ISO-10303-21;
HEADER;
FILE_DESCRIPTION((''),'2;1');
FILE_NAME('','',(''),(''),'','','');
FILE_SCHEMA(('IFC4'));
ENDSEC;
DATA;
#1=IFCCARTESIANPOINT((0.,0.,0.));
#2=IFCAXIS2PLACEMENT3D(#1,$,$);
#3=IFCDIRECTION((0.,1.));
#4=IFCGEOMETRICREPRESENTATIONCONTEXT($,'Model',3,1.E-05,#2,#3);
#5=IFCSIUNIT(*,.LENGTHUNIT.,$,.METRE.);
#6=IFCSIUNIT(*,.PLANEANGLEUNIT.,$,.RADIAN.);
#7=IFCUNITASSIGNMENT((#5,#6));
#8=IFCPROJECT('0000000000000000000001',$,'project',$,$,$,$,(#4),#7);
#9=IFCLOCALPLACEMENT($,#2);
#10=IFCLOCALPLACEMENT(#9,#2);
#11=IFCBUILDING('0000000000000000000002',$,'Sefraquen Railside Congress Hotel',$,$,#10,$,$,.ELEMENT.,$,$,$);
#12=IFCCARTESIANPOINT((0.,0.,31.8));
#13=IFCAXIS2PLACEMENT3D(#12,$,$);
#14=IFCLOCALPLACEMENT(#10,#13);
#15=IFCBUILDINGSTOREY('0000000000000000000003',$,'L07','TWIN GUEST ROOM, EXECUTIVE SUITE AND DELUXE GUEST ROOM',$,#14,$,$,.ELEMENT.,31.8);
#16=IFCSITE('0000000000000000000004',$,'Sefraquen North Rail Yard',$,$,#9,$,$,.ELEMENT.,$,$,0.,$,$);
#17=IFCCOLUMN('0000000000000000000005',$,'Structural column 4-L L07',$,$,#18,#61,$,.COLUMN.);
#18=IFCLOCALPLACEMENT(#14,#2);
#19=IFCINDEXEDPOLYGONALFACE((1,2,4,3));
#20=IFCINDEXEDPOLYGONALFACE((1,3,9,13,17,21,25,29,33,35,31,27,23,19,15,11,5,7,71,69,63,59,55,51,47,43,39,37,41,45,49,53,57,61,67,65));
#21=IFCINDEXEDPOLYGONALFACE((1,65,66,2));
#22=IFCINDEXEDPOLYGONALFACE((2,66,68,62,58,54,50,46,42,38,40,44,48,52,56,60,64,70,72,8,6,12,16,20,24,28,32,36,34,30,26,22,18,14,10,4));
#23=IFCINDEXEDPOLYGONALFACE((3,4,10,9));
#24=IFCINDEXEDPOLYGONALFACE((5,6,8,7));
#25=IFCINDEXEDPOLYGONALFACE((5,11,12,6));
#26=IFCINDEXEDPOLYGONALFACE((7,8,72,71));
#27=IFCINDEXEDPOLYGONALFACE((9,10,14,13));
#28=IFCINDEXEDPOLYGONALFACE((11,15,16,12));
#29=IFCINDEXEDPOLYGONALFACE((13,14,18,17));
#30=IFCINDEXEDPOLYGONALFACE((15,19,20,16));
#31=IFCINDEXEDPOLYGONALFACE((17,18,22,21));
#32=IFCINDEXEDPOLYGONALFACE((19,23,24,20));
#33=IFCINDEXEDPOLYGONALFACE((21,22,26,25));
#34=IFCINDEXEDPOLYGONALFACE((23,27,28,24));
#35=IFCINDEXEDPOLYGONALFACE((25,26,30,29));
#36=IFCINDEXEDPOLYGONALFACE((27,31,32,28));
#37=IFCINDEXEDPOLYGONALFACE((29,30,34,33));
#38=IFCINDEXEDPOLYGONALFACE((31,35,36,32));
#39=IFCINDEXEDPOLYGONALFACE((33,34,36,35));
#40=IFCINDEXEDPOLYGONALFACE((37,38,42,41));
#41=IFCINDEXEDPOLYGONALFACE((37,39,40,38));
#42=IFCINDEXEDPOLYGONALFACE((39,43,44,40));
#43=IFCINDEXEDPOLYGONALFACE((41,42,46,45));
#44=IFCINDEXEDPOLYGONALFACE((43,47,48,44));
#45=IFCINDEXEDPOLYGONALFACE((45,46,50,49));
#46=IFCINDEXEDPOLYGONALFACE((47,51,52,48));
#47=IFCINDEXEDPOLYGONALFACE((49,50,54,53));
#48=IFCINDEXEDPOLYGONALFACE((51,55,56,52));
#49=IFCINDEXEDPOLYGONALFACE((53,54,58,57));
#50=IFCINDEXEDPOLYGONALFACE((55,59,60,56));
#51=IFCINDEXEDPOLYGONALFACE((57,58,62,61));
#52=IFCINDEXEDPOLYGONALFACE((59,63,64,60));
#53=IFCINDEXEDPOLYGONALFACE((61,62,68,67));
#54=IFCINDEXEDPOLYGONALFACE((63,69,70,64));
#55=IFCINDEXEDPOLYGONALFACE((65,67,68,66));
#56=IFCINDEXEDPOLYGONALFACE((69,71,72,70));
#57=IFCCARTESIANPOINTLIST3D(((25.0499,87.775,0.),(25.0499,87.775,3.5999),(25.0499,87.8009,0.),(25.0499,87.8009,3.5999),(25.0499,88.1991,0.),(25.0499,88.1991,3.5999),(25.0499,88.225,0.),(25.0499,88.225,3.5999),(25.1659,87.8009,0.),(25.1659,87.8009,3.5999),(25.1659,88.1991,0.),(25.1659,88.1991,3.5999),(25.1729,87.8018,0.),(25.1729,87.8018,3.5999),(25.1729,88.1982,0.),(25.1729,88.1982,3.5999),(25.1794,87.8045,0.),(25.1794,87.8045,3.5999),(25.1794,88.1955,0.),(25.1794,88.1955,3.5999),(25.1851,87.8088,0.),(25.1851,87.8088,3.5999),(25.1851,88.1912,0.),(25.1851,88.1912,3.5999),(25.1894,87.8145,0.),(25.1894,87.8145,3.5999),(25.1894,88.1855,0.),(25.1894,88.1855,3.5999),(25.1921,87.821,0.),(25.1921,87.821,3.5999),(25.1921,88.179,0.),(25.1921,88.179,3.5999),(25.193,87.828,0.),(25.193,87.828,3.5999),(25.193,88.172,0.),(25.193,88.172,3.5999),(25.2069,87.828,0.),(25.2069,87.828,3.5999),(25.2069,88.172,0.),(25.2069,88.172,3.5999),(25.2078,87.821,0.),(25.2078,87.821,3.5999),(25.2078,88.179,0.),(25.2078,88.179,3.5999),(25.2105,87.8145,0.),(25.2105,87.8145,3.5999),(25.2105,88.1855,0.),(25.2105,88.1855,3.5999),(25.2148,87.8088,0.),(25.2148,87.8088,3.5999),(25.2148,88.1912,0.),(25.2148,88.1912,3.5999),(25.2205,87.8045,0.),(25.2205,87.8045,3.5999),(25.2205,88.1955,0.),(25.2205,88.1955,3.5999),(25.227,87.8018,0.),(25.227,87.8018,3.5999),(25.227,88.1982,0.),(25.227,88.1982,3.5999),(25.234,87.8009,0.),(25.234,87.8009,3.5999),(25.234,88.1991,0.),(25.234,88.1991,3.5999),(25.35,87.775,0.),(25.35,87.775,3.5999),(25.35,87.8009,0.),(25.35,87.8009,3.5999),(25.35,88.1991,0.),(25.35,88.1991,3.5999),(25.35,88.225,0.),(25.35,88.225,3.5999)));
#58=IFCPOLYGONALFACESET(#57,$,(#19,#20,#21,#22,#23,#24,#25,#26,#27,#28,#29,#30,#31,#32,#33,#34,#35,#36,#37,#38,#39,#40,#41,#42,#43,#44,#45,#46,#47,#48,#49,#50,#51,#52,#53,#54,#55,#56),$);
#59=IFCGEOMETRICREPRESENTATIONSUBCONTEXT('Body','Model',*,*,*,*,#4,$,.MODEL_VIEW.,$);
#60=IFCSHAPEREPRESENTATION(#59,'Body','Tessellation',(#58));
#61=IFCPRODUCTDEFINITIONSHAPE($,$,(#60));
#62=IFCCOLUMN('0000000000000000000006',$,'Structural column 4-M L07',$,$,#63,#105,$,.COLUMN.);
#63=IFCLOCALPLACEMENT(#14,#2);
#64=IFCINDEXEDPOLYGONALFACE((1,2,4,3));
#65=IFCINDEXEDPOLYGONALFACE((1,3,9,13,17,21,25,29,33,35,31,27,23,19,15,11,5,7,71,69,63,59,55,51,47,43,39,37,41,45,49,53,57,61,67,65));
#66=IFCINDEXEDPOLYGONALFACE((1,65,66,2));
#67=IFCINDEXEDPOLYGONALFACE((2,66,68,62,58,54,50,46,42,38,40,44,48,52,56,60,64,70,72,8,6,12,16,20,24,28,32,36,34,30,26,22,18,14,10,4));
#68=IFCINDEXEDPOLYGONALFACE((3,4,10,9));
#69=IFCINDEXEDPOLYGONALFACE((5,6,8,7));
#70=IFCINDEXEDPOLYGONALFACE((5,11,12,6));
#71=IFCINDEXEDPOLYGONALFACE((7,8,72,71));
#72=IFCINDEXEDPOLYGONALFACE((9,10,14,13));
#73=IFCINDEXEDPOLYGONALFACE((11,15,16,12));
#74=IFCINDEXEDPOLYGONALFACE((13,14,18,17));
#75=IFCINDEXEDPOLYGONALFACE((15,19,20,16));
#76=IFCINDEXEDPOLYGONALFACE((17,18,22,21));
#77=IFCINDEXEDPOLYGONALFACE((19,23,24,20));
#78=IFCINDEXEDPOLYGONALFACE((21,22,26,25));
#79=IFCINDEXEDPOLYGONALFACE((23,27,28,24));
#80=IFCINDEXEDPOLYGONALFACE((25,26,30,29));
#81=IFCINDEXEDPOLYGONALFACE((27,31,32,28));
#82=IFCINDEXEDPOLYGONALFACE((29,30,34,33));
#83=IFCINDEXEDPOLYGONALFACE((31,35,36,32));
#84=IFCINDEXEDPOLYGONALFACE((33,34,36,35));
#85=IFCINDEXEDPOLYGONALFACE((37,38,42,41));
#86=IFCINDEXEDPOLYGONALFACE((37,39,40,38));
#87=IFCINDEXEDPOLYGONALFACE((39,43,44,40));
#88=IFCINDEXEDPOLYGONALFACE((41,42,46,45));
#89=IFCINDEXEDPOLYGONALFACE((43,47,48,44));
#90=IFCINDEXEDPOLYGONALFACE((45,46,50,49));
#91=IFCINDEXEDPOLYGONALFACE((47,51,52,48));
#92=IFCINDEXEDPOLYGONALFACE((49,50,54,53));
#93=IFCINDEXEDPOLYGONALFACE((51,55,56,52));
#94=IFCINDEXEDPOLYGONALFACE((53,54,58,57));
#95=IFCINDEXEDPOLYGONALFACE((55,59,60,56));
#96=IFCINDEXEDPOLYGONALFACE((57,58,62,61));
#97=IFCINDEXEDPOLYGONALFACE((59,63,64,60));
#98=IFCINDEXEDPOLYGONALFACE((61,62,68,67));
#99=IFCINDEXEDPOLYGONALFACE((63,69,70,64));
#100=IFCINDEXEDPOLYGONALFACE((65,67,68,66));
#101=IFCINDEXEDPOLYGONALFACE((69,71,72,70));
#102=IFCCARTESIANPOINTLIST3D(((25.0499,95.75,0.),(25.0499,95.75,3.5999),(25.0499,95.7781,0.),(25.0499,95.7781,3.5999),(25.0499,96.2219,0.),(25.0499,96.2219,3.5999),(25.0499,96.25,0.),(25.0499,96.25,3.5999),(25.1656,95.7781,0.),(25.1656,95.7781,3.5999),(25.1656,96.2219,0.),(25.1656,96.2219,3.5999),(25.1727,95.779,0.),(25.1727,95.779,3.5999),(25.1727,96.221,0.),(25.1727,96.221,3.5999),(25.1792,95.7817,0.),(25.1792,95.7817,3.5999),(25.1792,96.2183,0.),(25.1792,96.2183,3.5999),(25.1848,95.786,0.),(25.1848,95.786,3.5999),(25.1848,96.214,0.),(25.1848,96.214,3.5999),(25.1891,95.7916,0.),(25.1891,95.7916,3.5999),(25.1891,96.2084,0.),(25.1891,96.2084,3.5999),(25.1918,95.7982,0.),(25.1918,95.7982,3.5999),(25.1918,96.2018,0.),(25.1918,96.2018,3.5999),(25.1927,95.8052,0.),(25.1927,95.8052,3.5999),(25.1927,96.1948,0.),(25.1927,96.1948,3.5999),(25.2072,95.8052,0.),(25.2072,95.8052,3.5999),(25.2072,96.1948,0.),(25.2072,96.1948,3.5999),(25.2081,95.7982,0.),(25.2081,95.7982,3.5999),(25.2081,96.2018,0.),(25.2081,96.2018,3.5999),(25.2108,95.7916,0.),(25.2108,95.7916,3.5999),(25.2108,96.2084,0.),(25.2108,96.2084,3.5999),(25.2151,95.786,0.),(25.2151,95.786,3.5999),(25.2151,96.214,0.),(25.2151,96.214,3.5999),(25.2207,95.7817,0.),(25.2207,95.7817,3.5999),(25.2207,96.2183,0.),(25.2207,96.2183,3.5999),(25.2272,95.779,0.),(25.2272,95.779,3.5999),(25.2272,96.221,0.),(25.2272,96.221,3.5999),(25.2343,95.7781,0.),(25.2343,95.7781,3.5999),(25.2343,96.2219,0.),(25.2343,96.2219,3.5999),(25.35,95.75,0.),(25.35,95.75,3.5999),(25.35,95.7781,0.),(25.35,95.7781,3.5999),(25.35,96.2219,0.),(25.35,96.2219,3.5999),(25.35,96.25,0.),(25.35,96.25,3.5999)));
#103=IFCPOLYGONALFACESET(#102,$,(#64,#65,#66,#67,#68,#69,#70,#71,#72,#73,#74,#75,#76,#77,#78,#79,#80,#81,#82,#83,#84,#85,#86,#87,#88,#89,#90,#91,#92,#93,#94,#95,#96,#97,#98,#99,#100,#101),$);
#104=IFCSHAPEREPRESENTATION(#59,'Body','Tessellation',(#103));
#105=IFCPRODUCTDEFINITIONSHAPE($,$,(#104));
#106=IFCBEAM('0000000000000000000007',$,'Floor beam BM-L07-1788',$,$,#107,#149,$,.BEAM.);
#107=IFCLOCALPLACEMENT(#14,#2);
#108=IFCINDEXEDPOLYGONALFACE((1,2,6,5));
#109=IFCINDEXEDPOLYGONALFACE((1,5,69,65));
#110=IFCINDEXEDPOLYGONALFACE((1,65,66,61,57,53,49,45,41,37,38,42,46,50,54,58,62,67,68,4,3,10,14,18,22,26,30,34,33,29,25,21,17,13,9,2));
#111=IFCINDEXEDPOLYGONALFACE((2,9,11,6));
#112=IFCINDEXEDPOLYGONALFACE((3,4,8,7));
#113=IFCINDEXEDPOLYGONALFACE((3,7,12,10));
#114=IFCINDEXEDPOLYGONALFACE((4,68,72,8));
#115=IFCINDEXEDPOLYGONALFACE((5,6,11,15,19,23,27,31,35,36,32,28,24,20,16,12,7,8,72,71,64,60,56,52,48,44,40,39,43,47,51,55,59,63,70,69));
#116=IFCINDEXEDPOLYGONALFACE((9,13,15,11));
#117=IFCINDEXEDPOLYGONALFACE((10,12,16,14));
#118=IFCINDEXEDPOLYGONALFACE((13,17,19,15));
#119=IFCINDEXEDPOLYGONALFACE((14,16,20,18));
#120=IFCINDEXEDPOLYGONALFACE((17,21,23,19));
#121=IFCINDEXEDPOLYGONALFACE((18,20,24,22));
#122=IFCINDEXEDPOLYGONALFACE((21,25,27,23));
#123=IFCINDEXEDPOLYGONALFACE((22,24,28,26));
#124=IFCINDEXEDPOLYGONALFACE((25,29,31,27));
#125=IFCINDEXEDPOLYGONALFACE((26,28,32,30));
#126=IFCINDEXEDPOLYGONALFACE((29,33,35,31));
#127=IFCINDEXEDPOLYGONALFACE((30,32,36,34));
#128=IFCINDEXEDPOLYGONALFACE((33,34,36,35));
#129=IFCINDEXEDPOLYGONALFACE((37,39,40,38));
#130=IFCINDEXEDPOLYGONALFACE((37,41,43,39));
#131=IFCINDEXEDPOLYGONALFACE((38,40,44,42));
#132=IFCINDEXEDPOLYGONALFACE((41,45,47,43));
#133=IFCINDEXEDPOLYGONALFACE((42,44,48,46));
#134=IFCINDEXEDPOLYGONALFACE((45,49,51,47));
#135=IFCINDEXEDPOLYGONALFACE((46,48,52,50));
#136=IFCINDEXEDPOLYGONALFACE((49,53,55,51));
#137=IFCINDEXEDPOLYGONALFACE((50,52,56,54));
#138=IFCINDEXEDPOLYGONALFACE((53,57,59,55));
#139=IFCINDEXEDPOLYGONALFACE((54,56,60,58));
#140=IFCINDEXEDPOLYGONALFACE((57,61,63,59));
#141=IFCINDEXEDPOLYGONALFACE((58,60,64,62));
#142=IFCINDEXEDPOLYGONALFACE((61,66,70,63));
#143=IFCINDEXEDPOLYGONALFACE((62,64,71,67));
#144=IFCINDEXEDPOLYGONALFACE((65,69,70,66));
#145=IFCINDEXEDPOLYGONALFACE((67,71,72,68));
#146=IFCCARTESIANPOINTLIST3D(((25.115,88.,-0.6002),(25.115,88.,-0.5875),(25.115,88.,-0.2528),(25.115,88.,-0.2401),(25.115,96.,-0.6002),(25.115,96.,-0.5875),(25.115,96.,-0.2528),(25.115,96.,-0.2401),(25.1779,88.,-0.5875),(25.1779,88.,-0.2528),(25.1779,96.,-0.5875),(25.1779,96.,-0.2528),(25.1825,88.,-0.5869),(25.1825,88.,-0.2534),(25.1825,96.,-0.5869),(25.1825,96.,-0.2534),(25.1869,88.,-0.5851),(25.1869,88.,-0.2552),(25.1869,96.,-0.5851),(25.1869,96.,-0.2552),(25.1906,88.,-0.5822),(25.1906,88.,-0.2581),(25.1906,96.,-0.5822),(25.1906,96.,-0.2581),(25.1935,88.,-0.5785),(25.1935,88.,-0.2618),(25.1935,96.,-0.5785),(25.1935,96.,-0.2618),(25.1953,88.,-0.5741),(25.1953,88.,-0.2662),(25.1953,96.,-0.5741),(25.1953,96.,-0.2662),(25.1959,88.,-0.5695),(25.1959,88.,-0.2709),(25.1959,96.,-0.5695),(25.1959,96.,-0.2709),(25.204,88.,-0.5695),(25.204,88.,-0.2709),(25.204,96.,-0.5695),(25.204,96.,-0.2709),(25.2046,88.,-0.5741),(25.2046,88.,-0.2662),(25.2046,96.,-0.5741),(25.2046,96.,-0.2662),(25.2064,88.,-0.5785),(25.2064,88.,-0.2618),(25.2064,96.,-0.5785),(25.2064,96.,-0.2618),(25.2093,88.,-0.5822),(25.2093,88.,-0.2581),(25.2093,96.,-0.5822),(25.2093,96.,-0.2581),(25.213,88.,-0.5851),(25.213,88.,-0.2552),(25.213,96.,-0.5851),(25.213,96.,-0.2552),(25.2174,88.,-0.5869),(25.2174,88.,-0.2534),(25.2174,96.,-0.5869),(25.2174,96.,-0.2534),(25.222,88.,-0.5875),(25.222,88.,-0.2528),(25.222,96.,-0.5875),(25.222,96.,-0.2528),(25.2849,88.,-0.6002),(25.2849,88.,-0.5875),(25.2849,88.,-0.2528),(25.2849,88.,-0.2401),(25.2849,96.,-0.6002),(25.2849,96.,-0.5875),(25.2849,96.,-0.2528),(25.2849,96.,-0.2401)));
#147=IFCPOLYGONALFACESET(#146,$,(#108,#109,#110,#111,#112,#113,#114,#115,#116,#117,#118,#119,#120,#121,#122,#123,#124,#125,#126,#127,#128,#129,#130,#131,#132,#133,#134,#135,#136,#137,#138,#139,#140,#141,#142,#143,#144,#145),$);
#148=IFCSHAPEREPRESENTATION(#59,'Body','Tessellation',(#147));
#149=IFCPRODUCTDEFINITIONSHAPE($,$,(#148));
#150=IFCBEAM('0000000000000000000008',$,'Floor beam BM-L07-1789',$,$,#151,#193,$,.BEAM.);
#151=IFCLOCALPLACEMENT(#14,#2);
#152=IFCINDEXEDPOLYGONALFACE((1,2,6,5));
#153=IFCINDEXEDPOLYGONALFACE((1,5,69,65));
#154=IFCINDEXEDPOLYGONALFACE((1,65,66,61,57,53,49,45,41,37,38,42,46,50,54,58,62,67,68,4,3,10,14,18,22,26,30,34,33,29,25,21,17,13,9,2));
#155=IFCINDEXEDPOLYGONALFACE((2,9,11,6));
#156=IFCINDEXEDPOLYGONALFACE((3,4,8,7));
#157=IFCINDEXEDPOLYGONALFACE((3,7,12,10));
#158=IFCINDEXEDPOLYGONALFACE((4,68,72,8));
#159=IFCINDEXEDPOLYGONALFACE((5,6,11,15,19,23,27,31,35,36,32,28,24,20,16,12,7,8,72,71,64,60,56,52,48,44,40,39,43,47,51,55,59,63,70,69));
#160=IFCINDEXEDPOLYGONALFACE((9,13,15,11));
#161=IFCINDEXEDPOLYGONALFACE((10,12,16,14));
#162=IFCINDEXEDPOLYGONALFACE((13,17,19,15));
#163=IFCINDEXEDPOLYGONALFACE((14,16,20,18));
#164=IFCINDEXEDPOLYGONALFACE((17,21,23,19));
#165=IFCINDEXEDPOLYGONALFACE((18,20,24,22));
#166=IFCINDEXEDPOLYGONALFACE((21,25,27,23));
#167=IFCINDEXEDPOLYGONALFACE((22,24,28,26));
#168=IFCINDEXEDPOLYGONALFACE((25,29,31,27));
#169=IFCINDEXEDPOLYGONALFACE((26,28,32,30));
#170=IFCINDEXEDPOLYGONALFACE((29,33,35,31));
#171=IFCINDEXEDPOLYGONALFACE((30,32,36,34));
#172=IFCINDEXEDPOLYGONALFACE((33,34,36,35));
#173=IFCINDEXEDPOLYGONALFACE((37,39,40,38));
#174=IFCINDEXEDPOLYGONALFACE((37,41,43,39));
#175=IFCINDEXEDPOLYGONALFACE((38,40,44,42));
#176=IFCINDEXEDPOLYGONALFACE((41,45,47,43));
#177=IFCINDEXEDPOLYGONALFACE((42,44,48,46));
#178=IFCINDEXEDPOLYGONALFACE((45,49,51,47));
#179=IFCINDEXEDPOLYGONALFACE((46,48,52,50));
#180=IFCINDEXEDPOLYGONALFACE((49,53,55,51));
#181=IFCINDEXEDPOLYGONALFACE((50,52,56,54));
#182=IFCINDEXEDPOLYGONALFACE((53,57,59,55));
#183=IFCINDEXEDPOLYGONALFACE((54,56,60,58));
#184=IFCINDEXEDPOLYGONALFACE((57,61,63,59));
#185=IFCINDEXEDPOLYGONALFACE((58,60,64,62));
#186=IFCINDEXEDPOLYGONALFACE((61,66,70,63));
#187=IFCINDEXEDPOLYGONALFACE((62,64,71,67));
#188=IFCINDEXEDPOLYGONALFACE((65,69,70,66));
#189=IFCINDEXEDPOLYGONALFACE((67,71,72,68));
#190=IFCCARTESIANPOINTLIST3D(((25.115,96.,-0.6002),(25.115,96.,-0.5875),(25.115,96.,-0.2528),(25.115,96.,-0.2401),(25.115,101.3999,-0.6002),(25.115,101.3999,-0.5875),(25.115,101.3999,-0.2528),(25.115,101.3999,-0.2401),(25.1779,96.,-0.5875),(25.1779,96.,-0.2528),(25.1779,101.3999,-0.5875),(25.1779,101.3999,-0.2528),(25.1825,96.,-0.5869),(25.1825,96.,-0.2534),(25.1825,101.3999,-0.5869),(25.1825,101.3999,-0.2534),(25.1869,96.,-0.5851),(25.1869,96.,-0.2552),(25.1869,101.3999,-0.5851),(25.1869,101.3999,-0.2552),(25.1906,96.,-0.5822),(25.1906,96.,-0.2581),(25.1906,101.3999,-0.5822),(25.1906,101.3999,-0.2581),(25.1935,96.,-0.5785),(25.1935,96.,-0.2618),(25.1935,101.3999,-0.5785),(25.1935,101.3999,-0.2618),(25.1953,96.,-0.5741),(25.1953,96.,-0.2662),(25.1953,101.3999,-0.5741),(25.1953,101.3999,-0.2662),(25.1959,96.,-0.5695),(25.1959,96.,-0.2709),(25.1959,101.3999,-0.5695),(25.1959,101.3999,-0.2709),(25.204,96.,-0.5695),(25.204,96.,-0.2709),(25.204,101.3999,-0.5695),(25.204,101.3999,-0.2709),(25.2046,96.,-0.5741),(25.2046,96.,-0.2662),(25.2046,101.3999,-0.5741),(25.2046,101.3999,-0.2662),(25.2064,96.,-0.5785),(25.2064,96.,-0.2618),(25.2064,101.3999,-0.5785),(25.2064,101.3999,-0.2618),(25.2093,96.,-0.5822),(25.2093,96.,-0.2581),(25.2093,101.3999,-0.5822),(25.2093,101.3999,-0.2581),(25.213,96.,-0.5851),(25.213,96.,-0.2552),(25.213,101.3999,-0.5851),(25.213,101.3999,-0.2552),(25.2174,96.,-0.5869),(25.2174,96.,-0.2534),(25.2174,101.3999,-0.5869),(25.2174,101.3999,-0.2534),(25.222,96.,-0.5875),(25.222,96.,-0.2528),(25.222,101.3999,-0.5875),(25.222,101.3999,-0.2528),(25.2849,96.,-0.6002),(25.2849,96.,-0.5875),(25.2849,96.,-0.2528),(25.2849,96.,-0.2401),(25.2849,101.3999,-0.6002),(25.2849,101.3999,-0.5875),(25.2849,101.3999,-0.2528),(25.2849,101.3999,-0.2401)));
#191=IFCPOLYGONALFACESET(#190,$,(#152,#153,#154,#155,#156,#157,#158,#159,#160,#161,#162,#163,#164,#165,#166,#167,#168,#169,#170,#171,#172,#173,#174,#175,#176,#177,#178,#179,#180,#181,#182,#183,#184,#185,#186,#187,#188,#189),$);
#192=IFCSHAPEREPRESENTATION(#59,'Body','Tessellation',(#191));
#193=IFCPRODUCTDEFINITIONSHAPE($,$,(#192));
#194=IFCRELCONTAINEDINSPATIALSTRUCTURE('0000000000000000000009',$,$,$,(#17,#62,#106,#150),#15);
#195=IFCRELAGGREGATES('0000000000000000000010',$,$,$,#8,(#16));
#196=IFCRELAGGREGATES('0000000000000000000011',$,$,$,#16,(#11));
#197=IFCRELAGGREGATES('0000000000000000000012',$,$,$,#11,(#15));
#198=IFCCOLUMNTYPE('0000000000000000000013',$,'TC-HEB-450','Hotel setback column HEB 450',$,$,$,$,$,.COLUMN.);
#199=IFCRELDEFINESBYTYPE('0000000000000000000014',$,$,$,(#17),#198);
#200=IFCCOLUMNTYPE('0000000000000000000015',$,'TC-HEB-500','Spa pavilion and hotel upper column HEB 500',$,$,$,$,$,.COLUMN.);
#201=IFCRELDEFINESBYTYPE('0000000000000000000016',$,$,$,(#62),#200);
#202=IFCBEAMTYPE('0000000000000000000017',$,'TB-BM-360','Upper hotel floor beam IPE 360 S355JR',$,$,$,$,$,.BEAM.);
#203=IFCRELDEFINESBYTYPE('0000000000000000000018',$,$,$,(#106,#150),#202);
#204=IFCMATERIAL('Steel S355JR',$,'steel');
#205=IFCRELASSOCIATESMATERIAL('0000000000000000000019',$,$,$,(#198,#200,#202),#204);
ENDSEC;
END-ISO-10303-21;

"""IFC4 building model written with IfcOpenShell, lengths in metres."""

from ifc_helpers import new_model, si_unit, direction, frame, origin, origin_2d, place, context, subcontext, project, spatial, i_section, extrude, material, material_profile, profile_set, type_object, element, save


model = new_model("IFC4")

# Units and contexts
model_context = context("Model", 3, precision=1e-05, world=origin(), true_north=direction((0.0, 1.0)))
body_context = subcontext(model_context, "Body", "Model", "MODEL_VIEW")
ifc_project = project(units=[si_unit("LENGTHUNIT", "METRE"), si_unit("PLANEANGLEUNIT", "RADIAN")], contexts=[model_context])

# Site, building, storey
site_placement = place(None, origin())
site = spatial("IfcSite", under=ifc_project, at=site_placement, Name="Sefraquen North Rail Yard", CompositionType="ELEMENT", RefElevation=0.0)
building_placement = place(site_placement, origin())
building = spatial("IfcBuilding", under=site, at=building_placement, Name="Sefraquen Railside Congress Hotel", CompositionType="ELEMENT")
storey_placement = place(building_placement, frame((0.0, 0.0, 31.8)))
storey = spatial("IfcBuildingStorey", under=building, at=storey_placement, Name="L07", Description="TWIN GUEST ROOM, EXECUTIVE SUITE AND DELUXE GUEST ROOM", CompositionType="ELEMENT", Elevation=31.8)

# Columns
ifc_material = material(Name="Steel S355JR", Category="steel")
ifc_material_profile_1 = material_profile(ifc_material, i_section(OverallWidth=0.3, OverallDepth=0.45, WebThickness=0.0139, FlangeThickness=0.0259, FilletRadius=0.0271, at=origin_2d()), Name="HEB 450")
ifc_profile_set_1 = profile_set([ifc_material_profile_1], Name="Steel S355JR")
column_type_1 = type_object("IfcColumnType", Name="TC-HEB-450", Description="Hotel setback column HEB 450", PredefinedType="COLUMN", material=ifc_profile_set_1)
column_1_placement = place(storey_placement, frame((25.2, 88.0, 0.0), z_axis=(0.0, 0.0, 1.0), x_axis=(1.0, 0.0, 0.0)))
element("IfcColumn", 1, at=column_1_placement, inside=storey, type_object=column_type_1, Name="Structural column 4-L L07", PredefinedType="COLUMN", context=body_context, shape_type="SweptSolid", body=[
    extrude(i_section(OverallWidth=0.3, OverallDepth=0.45, WebThickness=0.0139, FlangeThickness=0.0259, FilletRadius=0.0271, at=origin_2d()), origin(), (0.0, 0.0, 1.0), 3.5999),
])
ifc_material_profile_2 = material_profile(ifc_material, i_section(OverallWidth=0.3, OverallDepth=0.5, WebThickness=0.0144, FlangeThickness=0.0281, FilletRadius=0.0271, at=origin_2d()), Name="HEB 500")
ifc_profile_set_2 = profile_set([ifc_material_profile_2], Name="Steel S355JR")
column_type_2 = type_object("IfcColumnType", Name="TC-HEB-500", Description="Spa pavilion and hotel upper column HEB 500", PredefinedType="COLUMN", material=ifc_profile_set_2)
column_2_placement = place(storey_placement, frame((25.2, 96.0, 0.0), z_axis=(0.0, 0.0, 1.0), x_axis=(1.0, 0.0, 0.0)))
element("IfcColumn", 2, at=column_2_placement, inside=storey, type_object=column_type_2, Name="Structural column 4-M L07", PredefinedType="COLUMN", context=body_context, shape_type="SweptSolid", body=[
    extrude(i_section(OverallWidth=0.3, OverallDepth=0.5, WebThickness=0.0144, FlangeThickness=0.0281, FilletRadius=0.0271, at=origin_2d()), origin(), (0.0, 0.0, 1.0), 3.5999),
])

# Beams
ifc_material_profile_3 = material_profile(ifc_material, i_section(OverallWidth=0.1699, OverallDepth=0.3601, WebThickness=0.0081, FlangeThickness=0.0127, FilletRadius=0.0181, at=origin_2d()), Name="IPE 360")
ifc_profile_set_3 = profile_set([ifc_material_profile_3], Name="Steel S355JR")
beam_type_1 = type_object("IfcBeamType", Name="TB-BM-360", Description="Upper hotel floor beam IPE 360 S355JR", PredefinedType="BEAM", material=ifc_profile_set_3)
beam_1_placement = place(storey_placement, frame((25.2, 88.0, -0.4202), z_axis=(0.0, 1.0, 0.0), x_axis=(-1.0, 0.0, 0.0)))
element("IfcBeam", 3, at=beam_1_placement, inside=storey, type_object=beam_type_1, Name="Floor beam BM-L07-1788", PredefinedType="BEAM", context=body_context, shape_type="SweptSolid", body=[
    extrude(i_section(OverallWidth=0.1699, OverallDepth=0.3601, WebThickness=0.0081, FlangeThickness=0.0127, FilletRadius=0.0181, at=origin_2d()), origin(), (0.0, 0.0, 1.0), 8.0),
])
beam_2_placement = place(storey_placement, frame((25.2, 96.0, -0.4202), z_axis=(0.0, 1.0, 0.0), x_axis=(-1.0, 0.0, 0.0)))
element("IfcBeam", 4, at=beam_2_placement, inside=storey, type_object=beam_type_1, Name="Floor beam BM-L07-1789", PredefinedType="BEAM", context=body_context, shape_type="SweptSolid", body=[
    extrude(i_section(OverallWidth=0.1699, OverallDepth=0.3601, WebThickness=0.0081, FlangeThickness=0.0127, FilletRadius=0.0181, at=origin_2d()), origin(), (0.0, 0.0, 1.0), 5.3999),
])

save(model, "model.ifc")
